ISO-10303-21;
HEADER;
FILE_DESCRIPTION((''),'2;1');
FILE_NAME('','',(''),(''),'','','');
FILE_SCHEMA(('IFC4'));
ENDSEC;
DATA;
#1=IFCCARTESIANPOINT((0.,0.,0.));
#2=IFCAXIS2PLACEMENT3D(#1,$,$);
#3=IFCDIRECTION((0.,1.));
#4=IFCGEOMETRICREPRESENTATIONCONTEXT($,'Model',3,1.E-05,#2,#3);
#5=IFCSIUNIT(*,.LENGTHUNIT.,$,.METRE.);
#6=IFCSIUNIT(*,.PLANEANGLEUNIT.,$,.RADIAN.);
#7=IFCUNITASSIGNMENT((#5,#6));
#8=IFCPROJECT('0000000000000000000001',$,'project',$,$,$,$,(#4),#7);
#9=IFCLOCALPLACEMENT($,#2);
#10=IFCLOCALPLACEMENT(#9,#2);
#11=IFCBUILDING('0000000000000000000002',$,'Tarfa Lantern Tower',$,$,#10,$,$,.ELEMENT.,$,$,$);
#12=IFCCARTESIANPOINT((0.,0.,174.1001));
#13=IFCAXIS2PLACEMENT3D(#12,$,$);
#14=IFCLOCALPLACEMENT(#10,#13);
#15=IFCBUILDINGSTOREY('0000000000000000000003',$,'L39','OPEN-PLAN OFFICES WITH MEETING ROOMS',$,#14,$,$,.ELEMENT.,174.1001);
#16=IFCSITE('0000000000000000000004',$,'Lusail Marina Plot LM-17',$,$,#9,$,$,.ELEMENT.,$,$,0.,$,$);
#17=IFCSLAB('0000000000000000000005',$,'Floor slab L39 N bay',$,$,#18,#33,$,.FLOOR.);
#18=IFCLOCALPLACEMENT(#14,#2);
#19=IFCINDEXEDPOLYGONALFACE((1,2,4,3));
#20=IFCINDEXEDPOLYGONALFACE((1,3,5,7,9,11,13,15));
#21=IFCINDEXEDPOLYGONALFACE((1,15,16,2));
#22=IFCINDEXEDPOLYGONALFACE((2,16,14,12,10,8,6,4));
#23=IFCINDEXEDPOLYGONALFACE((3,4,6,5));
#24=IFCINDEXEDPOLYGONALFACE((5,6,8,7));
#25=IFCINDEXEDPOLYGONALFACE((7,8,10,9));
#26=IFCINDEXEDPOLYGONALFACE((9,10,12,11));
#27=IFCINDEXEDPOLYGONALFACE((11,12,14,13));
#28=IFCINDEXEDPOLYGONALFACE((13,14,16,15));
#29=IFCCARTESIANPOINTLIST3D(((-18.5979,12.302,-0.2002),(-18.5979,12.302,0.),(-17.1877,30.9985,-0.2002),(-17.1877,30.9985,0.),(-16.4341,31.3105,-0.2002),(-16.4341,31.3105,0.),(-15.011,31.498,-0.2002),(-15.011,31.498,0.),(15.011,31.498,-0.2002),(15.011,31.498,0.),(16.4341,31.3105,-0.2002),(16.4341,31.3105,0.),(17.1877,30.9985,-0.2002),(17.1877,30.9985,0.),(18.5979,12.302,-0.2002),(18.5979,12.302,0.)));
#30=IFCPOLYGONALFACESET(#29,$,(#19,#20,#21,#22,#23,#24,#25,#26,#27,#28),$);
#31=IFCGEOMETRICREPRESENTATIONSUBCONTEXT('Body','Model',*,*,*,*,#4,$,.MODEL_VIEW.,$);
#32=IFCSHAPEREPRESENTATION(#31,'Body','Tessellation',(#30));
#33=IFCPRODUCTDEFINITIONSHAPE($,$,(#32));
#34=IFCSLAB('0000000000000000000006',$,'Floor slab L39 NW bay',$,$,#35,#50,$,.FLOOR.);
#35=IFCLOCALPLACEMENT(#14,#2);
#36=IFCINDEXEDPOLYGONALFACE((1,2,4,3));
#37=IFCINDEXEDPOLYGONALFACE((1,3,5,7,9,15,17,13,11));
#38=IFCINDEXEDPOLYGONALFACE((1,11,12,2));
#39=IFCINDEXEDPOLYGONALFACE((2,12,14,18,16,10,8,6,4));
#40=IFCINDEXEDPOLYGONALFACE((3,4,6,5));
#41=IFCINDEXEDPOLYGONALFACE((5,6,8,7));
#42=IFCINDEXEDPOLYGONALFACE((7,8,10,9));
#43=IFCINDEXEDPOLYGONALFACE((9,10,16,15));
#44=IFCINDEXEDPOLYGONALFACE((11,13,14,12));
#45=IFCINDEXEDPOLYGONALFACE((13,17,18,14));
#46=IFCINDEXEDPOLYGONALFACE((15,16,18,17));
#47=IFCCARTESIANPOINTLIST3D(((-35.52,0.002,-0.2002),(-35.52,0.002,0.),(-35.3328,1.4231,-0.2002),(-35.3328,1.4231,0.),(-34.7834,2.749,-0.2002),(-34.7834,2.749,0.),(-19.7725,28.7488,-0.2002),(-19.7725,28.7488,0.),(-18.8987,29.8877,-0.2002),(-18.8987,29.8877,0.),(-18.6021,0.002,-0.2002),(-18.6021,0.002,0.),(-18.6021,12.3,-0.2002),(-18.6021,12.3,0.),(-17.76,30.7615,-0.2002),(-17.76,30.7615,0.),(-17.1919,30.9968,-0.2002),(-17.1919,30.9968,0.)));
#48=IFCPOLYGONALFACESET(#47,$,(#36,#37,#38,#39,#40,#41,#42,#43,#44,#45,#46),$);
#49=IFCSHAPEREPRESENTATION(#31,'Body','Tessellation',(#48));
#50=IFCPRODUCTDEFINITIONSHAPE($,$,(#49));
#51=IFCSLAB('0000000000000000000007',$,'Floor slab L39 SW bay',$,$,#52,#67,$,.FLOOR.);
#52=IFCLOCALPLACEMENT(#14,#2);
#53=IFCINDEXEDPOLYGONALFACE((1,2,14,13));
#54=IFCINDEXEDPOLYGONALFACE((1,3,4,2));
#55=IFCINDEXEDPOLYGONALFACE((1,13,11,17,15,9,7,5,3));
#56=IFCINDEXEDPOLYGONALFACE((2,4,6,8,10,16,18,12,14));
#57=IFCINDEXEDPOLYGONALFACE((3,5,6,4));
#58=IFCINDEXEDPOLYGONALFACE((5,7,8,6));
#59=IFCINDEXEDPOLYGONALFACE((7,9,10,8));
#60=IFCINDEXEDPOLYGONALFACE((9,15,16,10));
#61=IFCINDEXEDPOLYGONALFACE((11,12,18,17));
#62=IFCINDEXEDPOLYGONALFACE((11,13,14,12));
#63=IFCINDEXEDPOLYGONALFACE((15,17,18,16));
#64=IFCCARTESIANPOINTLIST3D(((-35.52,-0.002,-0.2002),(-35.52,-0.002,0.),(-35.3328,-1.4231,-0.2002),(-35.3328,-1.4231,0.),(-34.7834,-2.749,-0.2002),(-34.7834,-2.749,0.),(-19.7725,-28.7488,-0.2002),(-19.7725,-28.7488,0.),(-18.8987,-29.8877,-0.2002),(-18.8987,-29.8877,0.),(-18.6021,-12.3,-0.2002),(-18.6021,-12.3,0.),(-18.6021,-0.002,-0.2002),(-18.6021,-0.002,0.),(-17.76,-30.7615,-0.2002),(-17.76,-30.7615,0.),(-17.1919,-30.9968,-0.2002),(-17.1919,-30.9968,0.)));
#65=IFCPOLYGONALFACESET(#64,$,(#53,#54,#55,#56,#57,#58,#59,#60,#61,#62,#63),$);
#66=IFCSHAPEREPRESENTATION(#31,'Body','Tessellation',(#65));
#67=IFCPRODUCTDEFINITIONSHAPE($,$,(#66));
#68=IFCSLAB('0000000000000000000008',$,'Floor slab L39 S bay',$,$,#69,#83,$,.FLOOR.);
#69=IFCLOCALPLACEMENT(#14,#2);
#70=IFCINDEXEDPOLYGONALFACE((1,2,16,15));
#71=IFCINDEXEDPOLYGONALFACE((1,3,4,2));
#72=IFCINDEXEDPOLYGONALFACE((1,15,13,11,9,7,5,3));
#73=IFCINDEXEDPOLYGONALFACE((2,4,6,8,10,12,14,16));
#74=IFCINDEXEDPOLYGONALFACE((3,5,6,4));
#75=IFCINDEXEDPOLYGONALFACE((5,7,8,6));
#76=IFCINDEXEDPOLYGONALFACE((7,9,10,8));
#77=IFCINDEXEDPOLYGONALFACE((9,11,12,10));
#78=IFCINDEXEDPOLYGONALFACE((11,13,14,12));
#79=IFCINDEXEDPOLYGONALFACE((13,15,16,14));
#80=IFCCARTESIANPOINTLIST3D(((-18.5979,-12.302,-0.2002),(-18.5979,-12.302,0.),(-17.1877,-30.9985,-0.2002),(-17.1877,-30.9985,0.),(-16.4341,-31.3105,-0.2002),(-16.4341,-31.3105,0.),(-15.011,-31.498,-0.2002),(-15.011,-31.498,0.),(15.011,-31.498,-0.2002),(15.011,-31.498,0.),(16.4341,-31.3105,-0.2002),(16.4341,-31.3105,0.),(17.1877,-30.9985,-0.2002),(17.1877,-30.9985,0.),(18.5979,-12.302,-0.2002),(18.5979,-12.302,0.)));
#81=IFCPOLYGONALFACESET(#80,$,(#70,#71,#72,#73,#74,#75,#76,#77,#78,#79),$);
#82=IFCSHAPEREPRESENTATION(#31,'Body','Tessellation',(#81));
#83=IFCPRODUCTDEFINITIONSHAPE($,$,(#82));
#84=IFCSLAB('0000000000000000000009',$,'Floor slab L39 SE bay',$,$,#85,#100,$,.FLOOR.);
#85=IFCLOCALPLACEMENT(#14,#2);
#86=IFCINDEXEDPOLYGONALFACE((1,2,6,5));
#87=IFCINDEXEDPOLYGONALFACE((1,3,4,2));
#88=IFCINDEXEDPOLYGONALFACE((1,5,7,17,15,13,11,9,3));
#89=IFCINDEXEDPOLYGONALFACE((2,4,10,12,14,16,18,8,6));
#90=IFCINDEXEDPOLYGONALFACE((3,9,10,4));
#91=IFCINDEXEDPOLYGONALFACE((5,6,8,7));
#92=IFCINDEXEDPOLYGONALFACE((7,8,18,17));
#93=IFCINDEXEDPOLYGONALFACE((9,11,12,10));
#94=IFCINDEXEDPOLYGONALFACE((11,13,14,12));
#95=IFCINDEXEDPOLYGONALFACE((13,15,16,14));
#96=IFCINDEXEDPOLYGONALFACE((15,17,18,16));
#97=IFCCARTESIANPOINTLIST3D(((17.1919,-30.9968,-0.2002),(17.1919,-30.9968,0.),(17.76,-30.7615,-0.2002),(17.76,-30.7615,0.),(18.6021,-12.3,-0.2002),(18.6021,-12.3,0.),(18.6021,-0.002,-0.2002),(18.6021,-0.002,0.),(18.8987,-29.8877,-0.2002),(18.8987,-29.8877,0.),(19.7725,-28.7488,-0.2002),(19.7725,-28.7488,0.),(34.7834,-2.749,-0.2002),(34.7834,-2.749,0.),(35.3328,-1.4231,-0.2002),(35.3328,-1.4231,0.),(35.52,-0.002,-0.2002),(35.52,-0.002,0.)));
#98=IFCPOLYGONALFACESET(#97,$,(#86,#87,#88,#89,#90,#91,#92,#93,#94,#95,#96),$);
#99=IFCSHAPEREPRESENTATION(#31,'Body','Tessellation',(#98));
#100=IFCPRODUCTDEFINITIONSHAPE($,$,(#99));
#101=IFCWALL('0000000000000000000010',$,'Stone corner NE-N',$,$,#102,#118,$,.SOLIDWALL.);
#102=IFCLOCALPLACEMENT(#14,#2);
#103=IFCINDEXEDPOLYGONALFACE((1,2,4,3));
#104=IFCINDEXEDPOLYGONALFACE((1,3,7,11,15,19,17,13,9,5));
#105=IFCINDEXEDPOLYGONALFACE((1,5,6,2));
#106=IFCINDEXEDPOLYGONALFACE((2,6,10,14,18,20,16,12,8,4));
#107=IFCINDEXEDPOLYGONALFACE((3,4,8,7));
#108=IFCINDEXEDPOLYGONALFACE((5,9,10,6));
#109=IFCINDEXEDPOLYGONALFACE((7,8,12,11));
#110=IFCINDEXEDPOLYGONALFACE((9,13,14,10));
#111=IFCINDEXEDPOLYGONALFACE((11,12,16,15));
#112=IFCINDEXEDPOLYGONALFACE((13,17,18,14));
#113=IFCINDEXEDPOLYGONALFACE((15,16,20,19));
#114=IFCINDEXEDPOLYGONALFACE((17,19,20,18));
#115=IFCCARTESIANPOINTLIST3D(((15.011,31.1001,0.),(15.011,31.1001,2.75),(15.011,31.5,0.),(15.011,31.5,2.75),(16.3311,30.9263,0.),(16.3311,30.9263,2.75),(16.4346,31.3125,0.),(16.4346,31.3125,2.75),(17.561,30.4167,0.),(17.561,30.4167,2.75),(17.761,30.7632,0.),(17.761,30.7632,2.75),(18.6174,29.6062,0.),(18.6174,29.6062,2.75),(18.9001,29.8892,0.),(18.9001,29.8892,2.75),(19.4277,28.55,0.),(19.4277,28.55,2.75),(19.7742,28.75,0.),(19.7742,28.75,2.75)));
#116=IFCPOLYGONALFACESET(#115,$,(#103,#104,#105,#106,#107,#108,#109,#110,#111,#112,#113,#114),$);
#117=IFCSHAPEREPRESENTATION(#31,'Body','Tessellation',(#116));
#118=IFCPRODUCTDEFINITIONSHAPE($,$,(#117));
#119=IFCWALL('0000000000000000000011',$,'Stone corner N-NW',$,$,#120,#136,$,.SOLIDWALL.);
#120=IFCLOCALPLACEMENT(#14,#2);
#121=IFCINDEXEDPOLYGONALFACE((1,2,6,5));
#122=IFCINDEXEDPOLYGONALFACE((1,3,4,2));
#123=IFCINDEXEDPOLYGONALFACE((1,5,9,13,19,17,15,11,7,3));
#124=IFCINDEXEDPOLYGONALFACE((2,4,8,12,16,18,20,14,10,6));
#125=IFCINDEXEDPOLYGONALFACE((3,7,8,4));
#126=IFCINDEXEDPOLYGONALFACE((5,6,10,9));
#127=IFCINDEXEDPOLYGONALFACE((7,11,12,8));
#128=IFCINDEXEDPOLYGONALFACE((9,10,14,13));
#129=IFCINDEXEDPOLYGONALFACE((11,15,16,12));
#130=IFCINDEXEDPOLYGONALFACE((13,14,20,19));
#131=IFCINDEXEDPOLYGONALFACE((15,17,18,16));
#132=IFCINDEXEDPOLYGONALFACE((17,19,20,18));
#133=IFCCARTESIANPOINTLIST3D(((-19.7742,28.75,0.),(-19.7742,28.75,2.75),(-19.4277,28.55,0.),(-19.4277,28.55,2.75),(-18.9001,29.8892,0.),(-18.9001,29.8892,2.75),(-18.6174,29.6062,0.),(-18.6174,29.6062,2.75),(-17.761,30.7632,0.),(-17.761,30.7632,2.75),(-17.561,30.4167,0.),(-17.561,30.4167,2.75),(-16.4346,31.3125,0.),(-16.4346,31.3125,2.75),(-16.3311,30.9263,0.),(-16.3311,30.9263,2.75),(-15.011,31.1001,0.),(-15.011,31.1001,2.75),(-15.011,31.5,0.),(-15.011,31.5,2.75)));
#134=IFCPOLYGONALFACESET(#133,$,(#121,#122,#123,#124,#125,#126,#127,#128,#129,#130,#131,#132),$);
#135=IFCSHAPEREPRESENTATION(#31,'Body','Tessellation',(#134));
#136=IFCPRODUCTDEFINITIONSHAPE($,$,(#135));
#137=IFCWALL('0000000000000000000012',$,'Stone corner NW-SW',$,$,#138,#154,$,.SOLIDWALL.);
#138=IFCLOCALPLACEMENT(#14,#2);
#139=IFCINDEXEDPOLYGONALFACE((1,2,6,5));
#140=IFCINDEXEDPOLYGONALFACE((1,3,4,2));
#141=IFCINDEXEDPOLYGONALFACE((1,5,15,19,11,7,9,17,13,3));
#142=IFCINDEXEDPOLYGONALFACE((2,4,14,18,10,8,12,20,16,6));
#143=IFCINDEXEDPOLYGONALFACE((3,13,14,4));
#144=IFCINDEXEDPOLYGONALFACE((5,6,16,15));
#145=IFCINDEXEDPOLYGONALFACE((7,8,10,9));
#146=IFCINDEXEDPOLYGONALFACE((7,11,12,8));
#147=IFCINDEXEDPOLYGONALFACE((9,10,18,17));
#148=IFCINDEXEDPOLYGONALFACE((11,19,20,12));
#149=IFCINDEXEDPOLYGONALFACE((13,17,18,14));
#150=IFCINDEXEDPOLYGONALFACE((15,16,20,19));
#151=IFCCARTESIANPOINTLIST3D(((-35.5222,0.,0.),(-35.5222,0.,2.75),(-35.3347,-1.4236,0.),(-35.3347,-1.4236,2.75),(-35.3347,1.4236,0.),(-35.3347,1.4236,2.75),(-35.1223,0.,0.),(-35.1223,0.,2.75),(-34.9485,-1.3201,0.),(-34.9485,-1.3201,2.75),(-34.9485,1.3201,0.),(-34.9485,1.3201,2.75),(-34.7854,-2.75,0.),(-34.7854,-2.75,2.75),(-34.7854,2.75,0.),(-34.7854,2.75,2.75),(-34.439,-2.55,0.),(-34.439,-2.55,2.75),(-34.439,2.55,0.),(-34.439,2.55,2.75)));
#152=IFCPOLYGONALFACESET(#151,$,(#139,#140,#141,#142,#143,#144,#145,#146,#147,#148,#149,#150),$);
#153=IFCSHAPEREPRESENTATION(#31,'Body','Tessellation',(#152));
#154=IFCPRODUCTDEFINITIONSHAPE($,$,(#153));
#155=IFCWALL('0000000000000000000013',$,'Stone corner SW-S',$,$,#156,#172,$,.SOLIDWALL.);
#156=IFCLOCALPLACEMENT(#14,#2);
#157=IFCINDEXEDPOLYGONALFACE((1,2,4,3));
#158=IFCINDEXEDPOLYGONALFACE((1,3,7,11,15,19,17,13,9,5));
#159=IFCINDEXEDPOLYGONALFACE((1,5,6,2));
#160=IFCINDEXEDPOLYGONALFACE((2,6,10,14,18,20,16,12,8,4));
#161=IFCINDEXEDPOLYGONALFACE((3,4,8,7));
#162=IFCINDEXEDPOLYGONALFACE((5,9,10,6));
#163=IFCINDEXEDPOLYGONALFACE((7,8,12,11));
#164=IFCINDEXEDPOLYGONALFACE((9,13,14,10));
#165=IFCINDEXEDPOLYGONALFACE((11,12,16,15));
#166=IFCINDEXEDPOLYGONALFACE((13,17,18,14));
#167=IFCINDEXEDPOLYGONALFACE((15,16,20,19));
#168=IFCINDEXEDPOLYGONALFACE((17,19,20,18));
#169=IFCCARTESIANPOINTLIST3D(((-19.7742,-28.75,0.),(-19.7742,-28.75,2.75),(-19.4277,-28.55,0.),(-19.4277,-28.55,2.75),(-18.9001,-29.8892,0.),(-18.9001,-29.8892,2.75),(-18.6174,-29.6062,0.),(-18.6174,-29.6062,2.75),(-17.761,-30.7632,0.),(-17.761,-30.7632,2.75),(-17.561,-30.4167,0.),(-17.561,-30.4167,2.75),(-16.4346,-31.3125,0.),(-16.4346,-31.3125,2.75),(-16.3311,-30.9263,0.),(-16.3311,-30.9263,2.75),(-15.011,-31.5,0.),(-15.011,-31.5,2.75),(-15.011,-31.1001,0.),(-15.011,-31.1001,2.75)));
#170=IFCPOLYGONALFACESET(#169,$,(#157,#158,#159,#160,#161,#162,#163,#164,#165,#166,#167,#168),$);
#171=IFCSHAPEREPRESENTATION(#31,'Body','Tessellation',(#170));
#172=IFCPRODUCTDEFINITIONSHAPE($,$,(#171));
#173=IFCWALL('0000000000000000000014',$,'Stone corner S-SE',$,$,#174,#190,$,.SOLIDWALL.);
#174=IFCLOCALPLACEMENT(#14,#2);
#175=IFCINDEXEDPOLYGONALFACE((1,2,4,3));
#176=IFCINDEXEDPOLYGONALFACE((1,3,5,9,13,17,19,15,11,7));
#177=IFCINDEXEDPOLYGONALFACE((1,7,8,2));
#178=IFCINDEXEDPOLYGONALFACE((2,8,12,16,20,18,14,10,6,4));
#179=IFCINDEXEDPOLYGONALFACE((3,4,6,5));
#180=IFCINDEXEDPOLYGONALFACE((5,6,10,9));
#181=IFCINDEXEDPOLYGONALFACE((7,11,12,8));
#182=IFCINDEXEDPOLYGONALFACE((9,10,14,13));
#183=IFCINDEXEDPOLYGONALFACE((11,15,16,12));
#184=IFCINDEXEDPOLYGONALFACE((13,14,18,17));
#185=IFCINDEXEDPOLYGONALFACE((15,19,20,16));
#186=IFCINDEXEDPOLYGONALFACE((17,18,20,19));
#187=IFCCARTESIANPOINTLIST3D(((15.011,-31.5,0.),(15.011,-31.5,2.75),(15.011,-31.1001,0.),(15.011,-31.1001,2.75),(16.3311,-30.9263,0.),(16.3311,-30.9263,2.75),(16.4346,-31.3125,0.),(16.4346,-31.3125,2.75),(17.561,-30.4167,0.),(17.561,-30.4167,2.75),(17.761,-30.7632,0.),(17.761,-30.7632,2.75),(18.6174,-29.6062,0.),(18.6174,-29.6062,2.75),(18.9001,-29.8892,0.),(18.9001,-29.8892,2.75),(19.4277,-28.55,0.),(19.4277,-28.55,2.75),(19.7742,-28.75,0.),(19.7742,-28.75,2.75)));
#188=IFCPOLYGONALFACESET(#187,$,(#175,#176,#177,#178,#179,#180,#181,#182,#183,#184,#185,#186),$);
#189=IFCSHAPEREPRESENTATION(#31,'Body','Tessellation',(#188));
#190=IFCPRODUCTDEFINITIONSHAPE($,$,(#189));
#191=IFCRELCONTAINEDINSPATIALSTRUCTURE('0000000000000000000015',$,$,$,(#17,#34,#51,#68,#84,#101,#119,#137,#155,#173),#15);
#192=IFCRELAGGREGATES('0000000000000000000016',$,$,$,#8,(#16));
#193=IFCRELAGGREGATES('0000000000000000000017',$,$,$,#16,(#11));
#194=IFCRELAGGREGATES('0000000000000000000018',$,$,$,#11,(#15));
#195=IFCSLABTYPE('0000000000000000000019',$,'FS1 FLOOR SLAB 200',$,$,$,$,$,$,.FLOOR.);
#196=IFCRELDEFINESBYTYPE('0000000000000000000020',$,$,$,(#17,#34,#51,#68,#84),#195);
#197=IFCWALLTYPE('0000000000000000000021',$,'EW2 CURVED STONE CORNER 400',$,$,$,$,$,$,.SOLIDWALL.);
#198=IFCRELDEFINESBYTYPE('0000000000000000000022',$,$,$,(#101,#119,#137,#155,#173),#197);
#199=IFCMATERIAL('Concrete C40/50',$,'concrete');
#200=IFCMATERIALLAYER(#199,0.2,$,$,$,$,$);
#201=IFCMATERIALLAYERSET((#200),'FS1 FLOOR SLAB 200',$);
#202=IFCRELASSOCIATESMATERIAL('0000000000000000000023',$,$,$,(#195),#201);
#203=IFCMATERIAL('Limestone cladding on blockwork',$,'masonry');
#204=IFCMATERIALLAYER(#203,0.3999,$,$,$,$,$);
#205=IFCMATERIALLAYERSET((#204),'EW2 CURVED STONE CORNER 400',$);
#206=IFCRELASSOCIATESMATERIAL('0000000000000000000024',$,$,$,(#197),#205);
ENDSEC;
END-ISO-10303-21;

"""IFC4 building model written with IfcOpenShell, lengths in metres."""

from ifc_helpers import new_model, si_unit, direction, frame, origin, place, context, subcontext, project, spatial, polyline, outline, extrude, material, layer, layer_set, type_object, element, save


model = new_model("IFC4")

# Units and contexts
model_context = context("Model", 3, precision=1e-05, world=origin(), true_north=direction((0.0, 1.0)))
body_context = subcontext(model_context, "Body", "Model", "MODEL_VIEW")
ifc_project = project(units=[si_unit("LENGTHUNIT", "METRE"), si_unit("PLANEANGLEUNIT", "RADIAN")], contexts=[model_context])

# Site, building, storey
site_placement = place(None, origin())
site = spatial("IfcSite", under=ifc_project, at=site_placement, Name="Lusail Marina Plot LM-17", CompositionType="ELEMENT", RefElevation=0.0)
building_placement = place(site_placement, origin())
building = spatial("IfcBuilding", under=site, at=building_placement, Name="Tarfa Lantern Tower", CompositionType="ELEMENT")
storey_placement = place(building_placement, frame((0.0, 0.0, 174.1001)))
storey = spatial("IfcBuildingStorey", under=building, at=storey_placement, Name="L39", Description="OPEN-PLAN OFFICES WITH MEETING ROOMS", CompositionType="ELEMENT", Elevation=174.1001)

# Slabs
ifc_material_1 = material(Name="Concrete C40/50", Category="concrete")
ifc_layer_1 = layer(ifc_material_1, 0.2)
ifc_layer_set_1 = layer_set([ifc_layer_1], Name="FS1 FLOOR SLAB 200")
slab_type_1 = type_object("IfcSlabType", Name="FS1 FLOOR SLAB 200", PredefinedType="FLOOR", material=ifc_layer_set_1)
slab_1_placement = place(storey_placement, frame((0.0, 0.0, -0.2002)))
element("IfcSlab", 1, at=slab_1_placement, inside=storey, type_object=slab_type_1, Name="Floor slab L39 N bay", PredefinedType="FLOOR", context=body_context, shape_type="SweptSolid", body=[
    extrude(outline(polyline([(-18.5979, 12.302), (18.5979, 12.302), (17.1877, 30.9985), (16.4341, 31.3105), (15.011, 31.498), (-15.011, 31.498), (-16.4341, 31.3105), (-17.1877, 30.9985), (-18.5979, 12.302)])), origin(), (0.0, 0.0, 1.0), 0.2002),
])
slab_2_placement = place(storey_placement, frame((0.0, 0.0, -0.2002)))
element("IfcSlab", 2, at=slab_2_placement, inside=storey, type_object=slab_type_1, Name="Floor slab L39 NW bay", PredefinedType="FLOOR", context=body_context, shape_type="SweptSolid", body=[
    extrude(outline(polyline([(-18.6021, 0.002), (-18.6021, 12.3), (-17.1919, 30.9968), (-17.76, 30.7615), (-18.8987, 29.8877), (-19.7725, 28.7488), (-34.7834, 2.749), (-35.3328, 1.4231), (-35.52, 0.002), (-18.6021, 0.002)])), origin(), (0.0, 0.0, 1.0), 0.2002),
])
slab_3_placement = place(storey_placement, frame((0.0, 0.0, -0.2002)))
element("IfcSlab", 3, at=slab_3_placement, inside=storey, type_object=slab_type_1, Name="Floor slab L39 SW bay", PredefinedType="FLOOR", context=body_context, shape_type="SweptSolid", body=[
    extrude(outline(polyline([(-18.6021, -12.3), (-18.6021, -0.002), (-35.52, -0.002), (-35.3328, -1.4231), (-34.7834, -2.749), (-19.7725, -28.7488), (-18.8987, -29.8877), (-17.76, -30.7615), (-17.1919, -30.9968), (-18.6021, -12.3)])), origin(), (0.0, 0.0, 1.0), 0.2002),
])
slab_4_placement = place(storey_placement, frame((0.0, 0.0, -0.2002)))
element("IfcSlab", 4, at=slab_4_placement, inside=storey, type_object=slab_type_1, Name="Floor slab L39 S bay", PredefinedType="FLOOR", context=body_context, shape_type="SweptSolid", body=[
    extrude(outline(polyline([(18.5979, -12.302), (-18.5979, -12.302), (-17.1877, -30.9985), (-16.4341, -31.3105), (-15.011, -31.498), (15.011, -31.498), (16.4341, -31.3105), (17.1877, -30.9985), (18.5979, -12.302)])), origin(), (0.0, 0.0, 1.0), 0.2002),
])
slab_5_placement = place(storey_placement, frame((0.0, 0.0, -0.2002)))
element("IfcSlab", 5, at=slab_5_placement, inside=storey, type_object=slab_type_1, Name="Floor slab L39 SE bay", PredefinedType="FLOOR", context=body_context, shape_type="SweptSolid", body=[
    extrude(outline(polyline([(18.6021, -0.002), (18.6021, -12.3), (17.1919, -30.9968), (17.76, -30.7615), (18.8987, -29.8877), (19.7725, -28.7488), (34.7834, -2.749), (35.3328, -1.4231), (35.52, -0.002), (18.6021, -0.002)])), origin(), (0.0, 0.0, 1.0), 0.2002),
])

# Walls
ifc_material_2 = material(Name="Limestone cladding on blockwork", Category="masonry")
ifc_layer_2 = layer(ifc_material_2, 0.3999)
ifc_layer_set_2 = layer_set([ifc_layer_2], Name="EW2 CURVED STONE CORNER 400")
wall_type_1 = type_object("IfcWallType", Name="EW2 CURVED STONE CORNER 400", PredefinedType="SOLIDWALL", material=ifc_layer_set_2)
wall_1_placement = place(storey_placement, origin())
element("IfcWall", 6, at=wall_1_placement, inside=storey, type_object=wall_type_1, Name="Stone corner NE-N", PredefinedType="SOLIDWALL", context=body_context, shape_type="SweptSolid", body=[
    extrude(outline(polyline([(19.7742, 28.75), (18.9001, 29.8892), (17.761, 30.7632), (16.4346, 31.3125), (15.011, 31.5), (15.011, 31.1001), (16.3311, 30.9263), (17.561, 30.4167), (18.6174, 29.6062), (19.4277, 28.55), (19.7742, 28.75)])), origin(), (0.0, 0.0, 1.0), 2.75),
])
wall_2_placement = place(storey_placement, origin())
element("IfcWall", 7, at=wall_2_placement, inside=storey, type_object=wall_type_1, Name="Stone corner N-NW", PredefinedType="SOLIDWALL", context=body_context, shape_type="SweptSolid", body=[
    extrude(outline(polyline([(-15.011, 31.5), (-16.4346, 31.3125), (-17.761, 30.7632), (-18.9001, 29.8892), (-19.7742, 28.75), (-19.4277, 28.55), (-18.6174, 29.6062), (-17.561, 30.4167), (-16.3311, 30.9263), (-15.011, 31.1001), (-15.011, 31.5)])), origin(), (0.0, 0.0, 1.0), 2.75),
])
wall_3_placement = place(storey_placement, origin())
element("IfcWall", 8, at=wall_3_placement, inside=storey, type_object=wall_type_1, Name="Stone corner NW-SW", PredefinedType="SOLIDWALL", context=body_context, shape_type="SweptSolid", body=[
    extrude(outline(polyline([(-34.7854, 2.75), (-35.3347, 1.4236), (-35.5222, 0.0), (-35.3347, -1.4236), (-34.7854, -2.75), (-34.439, -2.55), (-34.9485, -1.3201), (-35.1223, 0.0), (-34.9485, 1.3201), (-34.439, 2.55), (-34.7854, 2.75)])), origin(), (0.0, 0.0, 1.0), 2.75),
])
wall_4_placement = place(storey_placement, origin())
element("IfcWall", 9, at=wall_4_placement, inside=storey, type_object=wall_type_1, Name="Stone corner SW-S", PredefinedType="SOLIDWALL", context=body_context, shape_type="SweptSolid", body=[
    extrude(outline(polyline([(-19.7742, -28.75), (-18.9001, -29.8892), (-17.761, -30.7632), (-16.4346, -31.3125), (-15.011, -31.5), (-15.011, -31.1001), (-16.3311, -30.9263), (-17.561, -30.4167), (-18.6174, -29.6062), (-19.4277, -28.55), (-19.7742, -28.75)])), origin(), (0.0, 0.0, 1.0), 2.75),
])
wall_5_placement = place(storey_placement, origin())
element("IfcWall", 10, at=wall_5_placement, inside=storey, type_object=wall_type_1, Name="Stone corner S-SE", PredefinedType="SOLIDWALL", context=body_context, shape_type="SweptSolid", body=[
    extrude(outline(polyline([(15.011, -31.5), (16.4346, -31.3125), (17.761, -30.7632), (18.9001, -29.8892), (19.7742, -28.75), (19.4277, -28.55), (18.6174, -29.6062), (17.561, -30.4167), (16.3311, -30.9263), (15.011, -31.1001), (15.011, -31.5)])), origin(), (0.0, 0.0, 1.0), 2.75),
])

save(model, "model.ifc")
